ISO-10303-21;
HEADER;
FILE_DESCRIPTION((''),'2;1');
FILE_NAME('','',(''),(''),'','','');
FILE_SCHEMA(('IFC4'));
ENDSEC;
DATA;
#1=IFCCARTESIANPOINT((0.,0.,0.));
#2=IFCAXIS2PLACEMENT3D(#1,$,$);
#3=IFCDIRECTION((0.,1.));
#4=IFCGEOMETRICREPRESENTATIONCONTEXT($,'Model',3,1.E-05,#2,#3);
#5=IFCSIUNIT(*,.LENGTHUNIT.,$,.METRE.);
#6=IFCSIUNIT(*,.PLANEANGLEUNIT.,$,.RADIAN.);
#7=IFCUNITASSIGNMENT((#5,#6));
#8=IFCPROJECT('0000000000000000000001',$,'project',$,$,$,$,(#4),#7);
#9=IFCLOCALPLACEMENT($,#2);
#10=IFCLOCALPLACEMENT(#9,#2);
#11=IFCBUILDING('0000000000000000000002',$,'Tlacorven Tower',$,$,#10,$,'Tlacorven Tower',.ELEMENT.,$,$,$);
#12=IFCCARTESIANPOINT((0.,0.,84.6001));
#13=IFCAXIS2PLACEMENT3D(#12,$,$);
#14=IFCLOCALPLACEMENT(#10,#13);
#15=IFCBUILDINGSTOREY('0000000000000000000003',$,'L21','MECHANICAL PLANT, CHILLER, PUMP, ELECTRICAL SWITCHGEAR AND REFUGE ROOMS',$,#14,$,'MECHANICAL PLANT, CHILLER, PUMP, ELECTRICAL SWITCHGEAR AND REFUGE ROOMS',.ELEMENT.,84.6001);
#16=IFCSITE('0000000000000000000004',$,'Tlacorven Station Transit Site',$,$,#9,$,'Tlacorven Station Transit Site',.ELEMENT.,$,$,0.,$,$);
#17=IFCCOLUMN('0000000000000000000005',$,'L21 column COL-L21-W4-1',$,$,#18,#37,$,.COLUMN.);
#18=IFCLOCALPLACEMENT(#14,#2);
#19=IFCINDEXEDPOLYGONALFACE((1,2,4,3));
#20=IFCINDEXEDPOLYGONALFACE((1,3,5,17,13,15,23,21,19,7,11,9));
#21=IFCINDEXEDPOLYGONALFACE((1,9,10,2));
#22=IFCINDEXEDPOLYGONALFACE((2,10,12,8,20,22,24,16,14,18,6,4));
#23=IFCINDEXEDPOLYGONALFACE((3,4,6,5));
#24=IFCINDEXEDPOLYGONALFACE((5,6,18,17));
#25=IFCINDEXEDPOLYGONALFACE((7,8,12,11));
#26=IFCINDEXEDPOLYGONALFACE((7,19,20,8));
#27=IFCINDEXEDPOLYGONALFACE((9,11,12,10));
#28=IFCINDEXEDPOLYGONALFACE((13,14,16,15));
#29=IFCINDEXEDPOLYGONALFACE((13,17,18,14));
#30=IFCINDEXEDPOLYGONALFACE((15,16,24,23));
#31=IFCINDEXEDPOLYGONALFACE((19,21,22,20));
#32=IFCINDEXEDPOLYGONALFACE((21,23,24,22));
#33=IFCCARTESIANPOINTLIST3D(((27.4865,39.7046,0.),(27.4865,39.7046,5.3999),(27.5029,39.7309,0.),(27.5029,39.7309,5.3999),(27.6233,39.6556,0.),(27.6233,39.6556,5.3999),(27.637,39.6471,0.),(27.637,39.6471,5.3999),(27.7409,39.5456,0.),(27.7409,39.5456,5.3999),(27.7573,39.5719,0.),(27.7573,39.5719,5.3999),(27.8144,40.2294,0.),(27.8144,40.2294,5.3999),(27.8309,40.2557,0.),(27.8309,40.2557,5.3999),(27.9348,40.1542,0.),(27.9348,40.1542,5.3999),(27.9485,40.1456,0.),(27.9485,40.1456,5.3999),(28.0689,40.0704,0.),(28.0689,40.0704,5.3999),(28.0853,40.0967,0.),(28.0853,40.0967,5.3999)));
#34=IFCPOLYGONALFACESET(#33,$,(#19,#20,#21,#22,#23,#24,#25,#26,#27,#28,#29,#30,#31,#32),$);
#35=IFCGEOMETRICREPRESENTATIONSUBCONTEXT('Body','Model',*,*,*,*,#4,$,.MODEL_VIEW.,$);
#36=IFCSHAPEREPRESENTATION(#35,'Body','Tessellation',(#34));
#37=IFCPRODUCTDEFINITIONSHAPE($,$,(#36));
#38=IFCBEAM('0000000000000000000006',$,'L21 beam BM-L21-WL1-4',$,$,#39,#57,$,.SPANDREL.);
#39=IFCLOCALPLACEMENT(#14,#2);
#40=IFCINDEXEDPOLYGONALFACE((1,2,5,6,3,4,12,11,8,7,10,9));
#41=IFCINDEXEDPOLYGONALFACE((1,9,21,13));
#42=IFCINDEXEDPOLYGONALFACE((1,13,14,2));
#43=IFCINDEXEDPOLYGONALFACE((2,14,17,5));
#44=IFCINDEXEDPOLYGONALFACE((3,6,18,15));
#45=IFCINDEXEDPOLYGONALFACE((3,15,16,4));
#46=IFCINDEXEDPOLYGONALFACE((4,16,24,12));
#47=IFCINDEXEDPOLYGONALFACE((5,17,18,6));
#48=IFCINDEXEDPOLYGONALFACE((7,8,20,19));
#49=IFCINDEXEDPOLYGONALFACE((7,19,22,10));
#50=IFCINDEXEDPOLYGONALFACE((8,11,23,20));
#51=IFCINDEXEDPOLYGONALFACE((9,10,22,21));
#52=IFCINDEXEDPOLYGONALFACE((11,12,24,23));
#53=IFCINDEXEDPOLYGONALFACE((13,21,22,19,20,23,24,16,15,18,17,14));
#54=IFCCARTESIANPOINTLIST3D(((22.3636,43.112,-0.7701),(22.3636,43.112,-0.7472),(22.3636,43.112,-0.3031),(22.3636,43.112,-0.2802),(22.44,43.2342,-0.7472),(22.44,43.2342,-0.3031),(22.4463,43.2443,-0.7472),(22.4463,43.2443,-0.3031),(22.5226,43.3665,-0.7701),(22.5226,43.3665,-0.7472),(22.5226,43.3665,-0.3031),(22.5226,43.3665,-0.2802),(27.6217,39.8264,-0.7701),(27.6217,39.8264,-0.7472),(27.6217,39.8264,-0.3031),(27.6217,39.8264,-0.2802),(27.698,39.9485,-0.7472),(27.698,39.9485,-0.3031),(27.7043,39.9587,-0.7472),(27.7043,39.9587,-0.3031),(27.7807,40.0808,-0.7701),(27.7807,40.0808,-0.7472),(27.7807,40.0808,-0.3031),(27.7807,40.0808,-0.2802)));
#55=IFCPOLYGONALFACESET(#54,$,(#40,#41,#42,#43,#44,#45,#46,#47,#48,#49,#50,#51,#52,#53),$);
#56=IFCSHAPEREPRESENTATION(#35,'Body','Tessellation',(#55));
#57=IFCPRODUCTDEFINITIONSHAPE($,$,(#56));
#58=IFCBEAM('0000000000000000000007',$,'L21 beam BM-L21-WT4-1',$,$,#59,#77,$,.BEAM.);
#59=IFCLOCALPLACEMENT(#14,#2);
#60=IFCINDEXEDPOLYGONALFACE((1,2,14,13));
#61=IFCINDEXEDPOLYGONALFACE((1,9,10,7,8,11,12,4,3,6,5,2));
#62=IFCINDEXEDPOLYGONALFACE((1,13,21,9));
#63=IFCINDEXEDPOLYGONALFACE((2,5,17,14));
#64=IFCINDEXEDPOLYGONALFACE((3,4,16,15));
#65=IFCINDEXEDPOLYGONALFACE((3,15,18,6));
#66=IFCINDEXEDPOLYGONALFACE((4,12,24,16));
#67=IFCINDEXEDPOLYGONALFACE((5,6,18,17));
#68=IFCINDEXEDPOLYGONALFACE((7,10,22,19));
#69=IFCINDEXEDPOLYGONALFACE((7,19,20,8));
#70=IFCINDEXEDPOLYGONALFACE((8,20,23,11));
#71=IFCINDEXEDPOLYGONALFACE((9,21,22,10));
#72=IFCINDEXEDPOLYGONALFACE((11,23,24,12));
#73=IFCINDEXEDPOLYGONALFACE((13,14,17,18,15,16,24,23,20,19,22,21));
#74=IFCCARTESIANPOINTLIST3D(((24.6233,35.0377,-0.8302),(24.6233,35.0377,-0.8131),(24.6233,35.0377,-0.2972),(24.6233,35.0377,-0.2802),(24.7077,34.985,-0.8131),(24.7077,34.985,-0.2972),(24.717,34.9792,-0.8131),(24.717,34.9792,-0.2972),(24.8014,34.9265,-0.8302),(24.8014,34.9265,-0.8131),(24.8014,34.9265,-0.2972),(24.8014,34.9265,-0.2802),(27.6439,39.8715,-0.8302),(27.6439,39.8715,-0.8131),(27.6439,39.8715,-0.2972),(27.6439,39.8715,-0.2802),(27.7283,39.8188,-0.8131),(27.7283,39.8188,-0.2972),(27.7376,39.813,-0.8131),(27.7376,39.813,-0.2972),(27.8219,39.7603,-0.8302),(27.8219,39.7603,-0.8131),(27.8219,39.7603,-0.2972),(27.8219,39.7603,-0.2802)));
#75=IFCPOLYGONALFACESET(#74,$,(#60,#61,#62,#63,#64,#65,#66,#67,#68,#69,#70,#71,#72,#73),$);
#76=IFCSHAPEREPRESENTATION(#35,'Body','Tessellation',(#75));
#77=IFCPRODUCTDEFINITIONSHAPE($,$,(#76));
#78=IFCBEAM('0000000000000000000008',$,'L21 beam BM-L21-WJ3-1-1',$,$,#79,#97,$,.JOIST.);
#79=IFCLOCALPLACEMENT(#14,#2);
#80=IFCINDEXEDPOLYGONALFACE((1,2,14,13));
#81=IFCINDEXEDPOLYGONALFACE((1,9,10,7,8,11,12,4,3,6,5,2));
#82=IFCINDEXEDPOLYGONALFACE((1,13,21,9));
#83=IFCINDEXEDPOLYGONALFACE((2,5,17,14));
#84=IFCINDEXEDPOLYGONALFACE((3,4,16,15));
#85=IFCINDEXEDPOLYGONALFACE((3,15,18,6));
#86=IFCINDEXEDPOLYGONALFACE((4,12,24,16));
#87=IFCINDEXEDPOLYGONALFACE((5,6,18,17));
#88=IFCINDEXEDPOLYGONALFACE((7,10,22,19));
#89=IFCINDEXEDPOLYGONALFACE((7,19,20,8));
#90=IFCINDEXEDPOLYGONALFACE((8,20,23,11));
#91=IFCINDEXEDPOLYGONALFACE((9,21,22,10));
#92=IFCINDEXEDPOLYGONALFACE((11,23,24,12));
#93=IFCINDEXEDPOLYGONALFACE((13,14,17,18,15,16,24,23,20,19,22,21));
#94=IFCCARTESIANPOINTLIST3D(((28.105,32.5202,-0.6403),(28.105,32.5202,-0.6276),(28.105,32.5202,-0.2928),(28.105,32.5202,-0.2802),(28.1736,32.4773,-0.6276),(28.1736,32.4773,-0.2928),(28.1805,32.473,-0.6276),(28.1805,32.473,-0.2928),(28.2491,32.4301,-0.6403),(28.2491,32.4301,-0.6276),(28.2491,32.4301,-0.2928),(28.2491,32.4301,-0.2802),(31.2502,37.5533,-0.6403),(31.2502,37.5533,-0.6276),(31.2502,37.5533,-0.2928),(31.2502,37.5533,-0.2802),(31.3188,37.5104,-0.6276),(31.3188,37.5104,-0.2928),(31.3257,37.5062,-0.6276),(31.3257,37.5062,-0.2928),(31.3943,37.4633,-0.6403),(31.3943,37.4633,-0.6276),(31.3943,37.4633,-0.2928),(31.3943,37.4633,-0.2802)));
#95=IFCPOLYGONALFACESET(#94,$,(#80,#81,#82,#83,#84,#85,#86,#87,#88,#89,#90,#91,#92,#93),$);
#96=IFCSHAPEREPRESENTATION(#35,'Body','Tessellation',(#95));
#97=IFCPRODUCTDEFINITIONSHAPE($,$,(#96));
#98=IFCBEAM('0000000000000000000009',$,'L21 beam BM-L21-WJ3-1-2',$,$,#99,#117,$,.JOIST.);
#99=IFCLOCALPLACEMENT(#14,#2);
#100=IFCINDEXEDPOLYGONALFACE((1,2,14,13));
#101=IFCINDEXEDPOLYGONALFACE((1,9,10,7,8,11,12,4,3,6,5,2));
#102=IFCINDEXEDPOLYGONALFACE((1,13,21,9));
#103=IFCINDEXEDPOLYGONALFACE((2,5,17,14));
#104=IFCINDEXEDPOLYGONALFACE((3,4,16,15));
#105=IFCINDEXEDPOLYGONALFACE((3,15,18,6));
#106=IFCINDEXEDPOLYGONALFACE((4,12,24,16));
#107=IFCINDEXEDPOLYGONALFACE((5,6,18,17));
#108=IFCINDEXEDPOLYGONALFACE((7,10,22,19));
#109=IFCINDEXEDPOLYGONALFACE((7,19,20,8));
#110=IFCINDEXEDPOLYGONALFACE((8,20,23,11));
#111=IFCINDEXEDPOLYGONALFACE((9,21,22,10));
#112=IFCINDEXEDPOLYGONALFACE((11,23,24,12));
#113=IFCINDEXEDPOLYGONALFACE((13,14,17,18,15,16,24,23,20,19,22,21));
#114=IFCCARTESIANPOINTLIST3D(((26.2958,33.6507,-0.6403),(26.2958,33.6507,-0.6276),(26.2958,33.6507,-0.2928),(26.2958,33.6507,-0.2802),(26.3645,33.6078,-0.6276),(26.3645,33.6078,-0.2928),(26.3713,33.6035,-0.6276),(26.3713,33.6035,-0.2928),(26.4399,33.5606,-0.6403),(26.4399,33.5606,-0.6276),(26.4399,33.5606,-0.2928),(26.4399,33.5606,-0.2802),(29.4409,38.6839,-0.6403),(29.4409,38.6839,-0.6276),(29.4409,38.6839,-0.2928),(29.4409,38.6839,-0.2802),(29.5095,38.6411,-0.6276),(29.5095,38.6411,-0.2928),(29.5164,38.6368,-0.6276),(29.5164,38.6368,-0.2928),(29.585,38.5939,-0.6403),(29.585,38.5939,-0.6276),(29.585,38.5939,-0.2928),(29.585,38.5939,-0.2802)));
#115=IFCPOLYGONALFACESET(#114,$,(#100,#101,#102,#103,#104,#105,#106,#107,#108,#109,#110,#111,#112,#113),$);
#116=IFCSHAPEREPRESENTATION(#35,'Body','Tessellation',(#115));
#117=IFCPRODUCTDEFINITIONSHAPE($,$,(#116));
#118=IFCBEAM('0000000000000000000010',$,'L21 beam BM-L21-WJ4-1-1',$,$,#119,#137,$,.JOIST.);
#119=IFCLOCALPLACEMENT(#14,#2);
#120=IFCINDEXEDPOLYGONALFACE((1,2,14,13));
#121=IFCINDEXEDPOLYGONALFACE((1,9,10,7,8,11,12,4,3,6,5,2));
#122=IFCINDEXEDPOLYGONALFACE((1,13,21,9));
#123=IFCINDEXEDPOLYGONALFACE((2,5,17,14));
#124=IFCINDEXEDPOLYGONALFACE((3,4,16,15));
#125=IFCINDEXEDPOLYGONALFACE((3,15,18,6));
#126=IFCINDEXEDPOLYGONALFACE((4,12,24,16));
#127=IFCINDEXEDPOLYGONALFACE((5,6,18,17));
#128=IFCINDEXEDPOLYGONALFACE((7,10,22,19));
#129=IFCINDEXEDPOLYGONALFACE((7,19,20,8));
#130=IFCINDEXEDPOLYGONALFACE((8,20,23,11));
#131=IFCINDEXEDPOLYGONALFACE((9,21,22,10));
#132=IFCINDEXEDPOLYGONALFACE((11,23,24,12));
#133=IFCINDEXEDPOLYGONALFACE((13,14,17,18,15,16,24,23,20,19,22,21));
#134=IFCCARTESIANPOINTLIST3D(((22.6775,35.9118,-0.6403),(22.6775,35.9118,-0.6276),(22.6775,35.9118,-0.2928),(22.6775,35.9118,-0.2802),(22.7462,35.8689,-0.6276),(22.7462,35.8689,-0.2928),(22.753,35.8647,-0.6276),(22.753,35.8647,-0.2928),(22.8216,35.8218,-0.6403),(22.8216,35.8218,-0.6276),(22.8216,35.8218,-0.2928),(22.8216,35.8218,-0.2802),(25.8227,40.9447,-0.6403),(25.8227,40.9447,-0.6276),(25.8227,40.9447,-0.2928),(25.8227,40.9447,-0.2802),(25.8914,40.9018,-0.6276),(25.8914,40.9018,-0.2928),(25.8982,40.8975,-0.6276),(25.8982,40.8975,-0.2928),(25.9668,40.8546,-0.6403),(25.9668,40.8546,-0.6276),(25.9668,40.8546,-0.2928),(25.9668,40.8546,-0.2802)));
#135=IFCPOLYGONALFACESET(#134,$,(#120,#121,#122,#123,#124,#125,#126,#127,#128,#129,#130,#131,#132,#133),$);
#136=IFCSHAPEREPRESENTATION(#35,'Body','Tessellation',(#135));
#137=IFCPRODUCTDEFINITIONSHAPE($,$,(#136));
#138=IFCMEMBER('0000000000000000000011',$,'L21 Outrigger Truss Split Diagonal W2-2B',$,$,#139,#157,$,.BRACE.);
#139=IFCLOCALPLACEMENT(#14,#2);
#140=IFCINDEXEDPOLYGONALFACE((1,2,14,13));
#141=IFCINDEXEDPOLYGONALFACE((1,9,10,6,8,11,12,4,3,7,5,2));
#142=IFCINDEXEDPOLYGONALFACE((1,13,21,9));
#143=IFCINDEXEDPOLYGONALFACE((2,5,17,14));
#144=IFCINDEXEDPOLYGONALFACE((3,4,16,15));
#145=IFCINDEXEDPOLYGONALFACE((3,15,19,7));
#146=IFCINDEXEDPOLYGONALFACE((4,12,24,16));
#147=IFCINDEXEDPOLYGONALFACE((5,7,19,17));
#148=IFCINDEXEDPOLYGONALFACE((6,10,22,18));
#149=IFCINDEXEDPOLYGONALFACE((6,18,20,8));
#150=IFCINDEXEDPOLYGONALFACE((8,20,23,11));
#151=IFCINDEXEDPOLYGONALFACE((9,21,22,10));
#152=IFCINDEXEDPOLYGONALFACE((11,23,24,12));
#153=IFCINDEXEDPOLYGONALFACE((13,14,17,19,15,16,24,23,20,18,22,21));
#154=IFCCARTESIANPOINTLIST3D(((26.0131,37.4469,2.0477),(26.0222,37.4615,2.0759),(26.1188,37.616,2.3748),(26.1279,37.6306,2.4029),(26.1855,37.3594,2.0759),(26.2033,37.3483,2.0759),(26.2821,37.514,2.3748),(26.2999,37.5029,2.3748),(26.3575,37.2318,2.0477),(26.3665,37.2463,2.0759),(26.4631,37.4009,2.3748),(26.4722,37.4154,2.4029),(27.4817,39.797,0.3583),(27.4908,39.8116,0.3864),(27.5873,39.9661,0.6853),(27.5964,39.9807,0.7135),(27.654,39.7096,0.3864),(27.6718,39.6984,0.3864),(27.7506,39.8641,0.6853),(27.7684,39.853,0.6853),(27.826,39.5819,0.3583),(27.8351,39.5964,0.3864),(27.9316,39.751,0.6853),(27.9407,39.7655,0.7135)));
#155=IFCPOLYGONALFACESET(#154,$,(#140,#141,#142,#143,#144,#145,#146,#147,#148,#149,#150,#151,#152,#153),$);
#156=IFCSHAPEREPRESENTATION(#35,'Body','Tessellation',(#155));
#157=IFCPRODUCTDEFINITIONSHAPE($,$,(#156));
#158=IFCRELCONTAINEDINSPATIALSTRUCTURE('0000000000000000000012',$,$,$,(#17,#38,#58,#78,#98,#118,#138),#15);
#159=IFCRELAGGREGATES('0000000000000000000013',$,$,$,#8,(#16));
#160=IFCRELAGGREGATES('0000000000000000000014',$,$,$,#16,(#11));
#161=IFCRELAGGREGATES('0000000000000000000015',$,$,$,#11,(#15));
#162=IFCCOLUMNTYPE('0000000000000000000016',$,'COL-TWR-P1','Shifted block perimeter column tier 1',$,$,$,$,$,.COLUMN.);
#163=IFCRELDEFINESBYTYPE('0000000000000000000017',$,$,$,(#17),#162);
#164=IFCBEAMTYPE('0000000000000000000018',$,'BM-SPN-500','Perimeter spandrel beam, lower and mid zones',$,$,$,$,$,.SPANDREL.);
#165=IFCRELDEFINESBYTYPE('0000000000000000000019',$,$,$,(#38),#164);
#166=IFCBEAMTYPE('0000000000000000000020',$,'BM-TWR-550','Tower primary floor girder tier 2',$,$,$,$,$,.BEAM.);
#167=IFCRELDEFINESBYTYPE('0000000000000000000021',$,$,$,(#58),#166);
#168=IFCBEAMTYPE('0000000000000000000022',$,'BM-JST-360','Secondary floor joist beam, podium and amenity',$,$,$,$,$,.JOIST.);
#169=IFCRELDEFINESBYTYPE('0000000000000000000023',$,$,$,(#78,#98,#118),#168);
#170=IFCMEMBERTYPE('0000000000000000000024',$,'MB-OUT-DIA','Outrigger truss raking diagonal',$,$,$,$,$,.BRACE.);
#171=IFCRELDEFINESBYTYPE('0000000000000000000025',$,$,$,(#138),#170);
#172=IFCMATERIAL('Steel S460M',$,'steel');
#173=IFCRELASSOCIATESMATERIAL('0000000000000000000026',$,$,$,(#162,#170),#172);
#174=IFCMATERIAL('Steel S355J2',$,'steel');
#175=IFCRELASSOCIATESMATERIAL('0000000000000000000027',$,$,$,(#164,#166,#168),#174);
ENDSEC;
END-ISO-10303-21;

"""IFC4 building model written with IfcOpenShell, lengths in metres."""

from ifc_helpers import new_model, si_unit, direction, frame, origin, origin_2d, place, context, subcontext, project, spatial, i_section, extrude, source, transform, mapped, material, material_profile, profile_set, type_object, element, save


model = new_model("IFC4")

# Units and contexts
model_context = context("Model", 3, precision=1e-05, world=origin(), true_north=direction((0.0, 1.0)))
body_context = subcontext(model_context, "Body", "Model", "MODEL_VIEW")
ifc_project = project(units=[si_unit("LENGTHUNIT", "METRE"), si_unit("PLANEANGLEUNIT", "RADIAN")], contexts=[model_context])

# Site, building, storey
site_placement = place(None, origin())
site = spatial("IfcSite", under=ifc_project, at=site_placement, Name="Tlacorven Station Transit Site", LongName="Tlacorven Station Transit Site", CompositionType="ELEMENT", RefElevation=0.0)
building_placement = place(site_placement, origin())
building = spatial("IfcBuilding", under=site, at=building_placement, Name="Tlacorven Tower", LongName="Tlacorven Tower", CompositionType="ELEMENT")
storey_placement = place(building_placement, frame((0.0, 0.0, 84.6001)))
storey = spatial("IfcBuildingStorey", under=building, at=storey_placement, Name="L21", Description="MECHANICAL PLANT, CHILLER, PUMP, ELECTRICAL SWITCHGEAR AND REFUGE ROOMS", LongName="MECHANICAL PLANT, CHILLER, PUMP, ELECTRICAL SWITCHGEAR AND REFUGE ROOMS", CompositionType="ELEMENT", Elevation=84.6001)

# Column
ifc_material_1 = material(Name="Steel S460M", Category="steel")
ifc_material_profile_1 = material_profile(ifc_material_1, i_section(OverallWidth=0.3, OverallDepth=0.6499, WebThickness=0.0161, FlangeThickness=0.031, at=origin_2d()), Name="HEB 650")
ifc_profile_set_1 = profile_set([ifc_material_profile_1], Name="Steel S460M")
column_type = type_object("IfcColumnType", Name="COL-TWR-P1", Description="Shifted block perimeter column tier 1", PredefinedType="COLUMN", material=ifc_profile_set_1)
shared_shape_1 = source(origin(), body_context, "Body", "SweptSolid", [
    extrude(i_section(OverallWidth=0.3, OverallDepth=0.6499, WebThickness=0.0161, FlangeThickness=0.031, at=origin_2d()), origin(), (0.0, 0.0, 1.0), 5.3999),
])
column_placement = place(storey_placement, frame((27.7859, 39.9006, 0.0), z_axis=(0.0, 0.0, 1.0), x_axis=(-0.848048, 0.529919, 0.0)))
element("IfcColumn", 1, at=column_placement, inside=storey, type_object=column_type, Name="L21 column COL-L21-W4-1", PredefinedType="COLUMN", context=body_context, shape_type="MappedRepresentation", body=[
    mapped(shared_shape_1, transform((0.0, 0.0, 0.0), scale=1.0)),
])

# Beams
ifc_material_2 = material(Name="Steel S355J2", Category="steel")
ifc_material_profile_2 = material_profile(ifc_material_2, i_section(OverallWidth=0.3, OverallDepth=0.49, WebThickness=0.012, FlangeThickness=0.0229, at=origin_2d()), Name="HEA 500")
ifc_profile_set_2 = profile_set([ifc_material_profile_2], Name="Steel S355J2")
beam_type_1 = type_object("IfcBeamType", Name="BM-SPN-500", Description="Perimeter spandrel beam, lower and mid zones", PredefinedType="SPANDREL", material=ifc_profile_set_2)
shared_shape_2 = source(origin(), body_context, "Body", "SweptSolid", [
    extrude(i_section(OverallWidth=0.3, OverallDepth=0.49, WebThickness=0.012, FlangeThickness=0.0229, at=origin_2d()), origin(), (0.0, 0.0, 1.0), 6.2002),
])
beam_1_placement = place(storey_placement, frame((27.7012, 39.9536, -0.5251), z_axis=(-0.848045, 0.529925, 0.0), x_axis=(-0.529925, -0.848045, 0.0)))
element("IfcBeam", 2, at=beam_1_placement, inside=storey, type_object=beam_type_1, Name="L21 beam BM-L21-WL1-4", PredefinedType="SPANDREL", context=body_context, shape_type="MappedRepresentation", body=[
    mapped(shared_shape_2, transform((0.0, 0.0, 0.0), scale=1.0)),
])
ifc_material_profile_3 = material_profile(ifc_material_2, i_section(OverallWidth=0.21, OverallDepth=0.55, WebThickness=0.011, FlangeThickness=0.0171, at=origin_2d()), Name="IPE 550")
ifc_profile_set_3 = profile_set([ifc_material_profile_3], Name="Steel S355J2")
beam_type_2 = type_object("IfcBeamType", Name="BM-TWR-550", Description="Tower primary floor girder tier 2", PredefinedType="BEAM", material=ifc_profile_set_3)
shared_shape_3 = source(origin(), body_context, "Body", "SweptSolid", [
    extrude(i_section(OverallWidth=0.21, OverallDepth=0.55, WebThickness=0.011, FlangeThickness=0.0171, at=origin_2d()), origin(), (0.0, 0.0, 1.0), 5.7),
])
beam_2_placement = place(storey_placement, frame((27.7329, 39.8159, -0.5552), z_axis=(-0.529926, -0.848044, 0.0), x_axis=(0.848044, -0.529926, 0.0)))
element("IfcBeam", 3, at=beam_2_placement, inside=storey, type_object=beam_type_2, Name="L21 beam BM-L21-WT4-1", PredefinedType="BEAM", context=body_context, shape_type="MappedRepresentation", body=[
    mapped(shared_shape_3, transform((0.0, 0.0, 0.0), scale=1.0)),
])
ifc_material_profile_4 = material_profile(ifc_material_2, i_section(OverallWidth=0.1699, OverallDepth=0.3601, WebThickness=0.0081, FlangeThickness=0.0127, at=origin_2d()), Name="IPE 360")
ifc_profile_set_4 = profile_set([ifc_material_profile_4], Name="Steel S355J2")
beam_type_3 = type_object("IfcBeamType", Name="BM-JST-360", Description="Secondary floor joist beam, podium and amenity", PredefinedType="JOIST", material=ifc_profile_set_4)
shared_shape_4 = source(origin(), body_context, "Body", "SweptSolid", [
    extrude(i_section(OverallWidth=0.1699, OverallDepth=0.3601, WebThickness=0.0081, FlangeThickness=0.0127, at=origin_2d()), origin(), (0.0, 0.0, 1.0), 5.9351),
])
for number, where, z_axis, x_axis, name in (
    (4, (31.3223, 37.5083, -0.4602), (-0.52994, -0.848035, 0.0), (0.848035, -0.52994, 0.0), "L21 beam BM-L21-WJ3-1-1"),
    (5, (29.5129, 38.6389, -0.4602), (-0.52991, -0.848054, 0.0), (0.848054, -0.52991, 0.0), "L21 beam BM-L21-WJ3-1-2"),
):
    element("IfcBeam", number, at=place(storey_placement, frame(where, z_axis=z_axis, x_axis=x_axis)), inside=storey, type_object=beam_type_3, Name=name, PredefinedType="JOIST", context=body_context, shape_type="MappedRepresentation", body=[
        mapped(shared_shape_4, transform((0.0, 0.0, 0.0), scale=1.0)),
    ])
shared_shape_5 = source(origin(), body_context, "Body", "SweptSolid", [
    extrude(i_section(OverallWidth=0.1699, OverallDepth=0.3601, WebThickness=0.0081, FlangeThickness=0.0127, at=origin_2d()), origin(), (0.0, 0.0, 1.0), 5.9348),
])
beam_3_placement = place(storey_placement, frame((25.8948, 40.8997, -0.4602), z_axis=(-0.529958, -0.848024, 0.0), x_axis=(0.848024, -0.529958, 0.0)))
element("IfcBeam", 6, at=beam_3_placement, inside=storey, type_object=beam_type_3, Name="L21 beam BM-L21-WJ4-1-1", PredefinedType="JOIST", context=body_context, shape_type="MappedRepresentation", body=[
    mapped(shared_shape_5, transform((0.0, 0.0, 0.0), scale=1.0)),
])

# Member
ifc_material_profile_5 = material_profile(ifc_material_1, i_section(OverallWidth=0.406, OverallDepth=0.416, WebThickness=0.021, FlangeThickness=0.033, at=origin_2d()), Name="HD 400X382")
ifc_profile_set_5 = profile_set([ifc_material_profile_5], Name="Steel S460M")
member_type_1 = type_object("IfcMemberType", Name="MB-OUT-DIA", Description="Outrigger truss raking diagonal", PredefinedType="BRACE", material=ifc_profile_set_5)
shared_shape_6 = source(origin(), body_context, "Body", "SweptSolid", [
    extrude(i_section(OverallWidth=0.406, OverallDepth=0.416, WebThickness=0.021, FlangeThickness=0.033, at=origin_2d()), origin(), (0.0, 0.0, 1.0), 3.2456),
])
member_1_placement = place(storey_placement, frame((26.2427, 37.4312, 2.2253), z_axis=(0.452465, 0.724094, -0.520541), x_axis=(-0.848048, 0.52992, 0.0)))
element("IfcMember", 7, at=member_1_placement, inside=storey, type_object=member_type_1, Name="L21 Outrigger Truss Split Diagonal W2-2B", PredefinedType="BRACE", context=body_context, shape_type="MappedRepresentation", body=[
    mapped(shared_shape_6, transform((0.0, 0.0, 0.0), scale=1.0)),
])

save(model, "model.ifc")
